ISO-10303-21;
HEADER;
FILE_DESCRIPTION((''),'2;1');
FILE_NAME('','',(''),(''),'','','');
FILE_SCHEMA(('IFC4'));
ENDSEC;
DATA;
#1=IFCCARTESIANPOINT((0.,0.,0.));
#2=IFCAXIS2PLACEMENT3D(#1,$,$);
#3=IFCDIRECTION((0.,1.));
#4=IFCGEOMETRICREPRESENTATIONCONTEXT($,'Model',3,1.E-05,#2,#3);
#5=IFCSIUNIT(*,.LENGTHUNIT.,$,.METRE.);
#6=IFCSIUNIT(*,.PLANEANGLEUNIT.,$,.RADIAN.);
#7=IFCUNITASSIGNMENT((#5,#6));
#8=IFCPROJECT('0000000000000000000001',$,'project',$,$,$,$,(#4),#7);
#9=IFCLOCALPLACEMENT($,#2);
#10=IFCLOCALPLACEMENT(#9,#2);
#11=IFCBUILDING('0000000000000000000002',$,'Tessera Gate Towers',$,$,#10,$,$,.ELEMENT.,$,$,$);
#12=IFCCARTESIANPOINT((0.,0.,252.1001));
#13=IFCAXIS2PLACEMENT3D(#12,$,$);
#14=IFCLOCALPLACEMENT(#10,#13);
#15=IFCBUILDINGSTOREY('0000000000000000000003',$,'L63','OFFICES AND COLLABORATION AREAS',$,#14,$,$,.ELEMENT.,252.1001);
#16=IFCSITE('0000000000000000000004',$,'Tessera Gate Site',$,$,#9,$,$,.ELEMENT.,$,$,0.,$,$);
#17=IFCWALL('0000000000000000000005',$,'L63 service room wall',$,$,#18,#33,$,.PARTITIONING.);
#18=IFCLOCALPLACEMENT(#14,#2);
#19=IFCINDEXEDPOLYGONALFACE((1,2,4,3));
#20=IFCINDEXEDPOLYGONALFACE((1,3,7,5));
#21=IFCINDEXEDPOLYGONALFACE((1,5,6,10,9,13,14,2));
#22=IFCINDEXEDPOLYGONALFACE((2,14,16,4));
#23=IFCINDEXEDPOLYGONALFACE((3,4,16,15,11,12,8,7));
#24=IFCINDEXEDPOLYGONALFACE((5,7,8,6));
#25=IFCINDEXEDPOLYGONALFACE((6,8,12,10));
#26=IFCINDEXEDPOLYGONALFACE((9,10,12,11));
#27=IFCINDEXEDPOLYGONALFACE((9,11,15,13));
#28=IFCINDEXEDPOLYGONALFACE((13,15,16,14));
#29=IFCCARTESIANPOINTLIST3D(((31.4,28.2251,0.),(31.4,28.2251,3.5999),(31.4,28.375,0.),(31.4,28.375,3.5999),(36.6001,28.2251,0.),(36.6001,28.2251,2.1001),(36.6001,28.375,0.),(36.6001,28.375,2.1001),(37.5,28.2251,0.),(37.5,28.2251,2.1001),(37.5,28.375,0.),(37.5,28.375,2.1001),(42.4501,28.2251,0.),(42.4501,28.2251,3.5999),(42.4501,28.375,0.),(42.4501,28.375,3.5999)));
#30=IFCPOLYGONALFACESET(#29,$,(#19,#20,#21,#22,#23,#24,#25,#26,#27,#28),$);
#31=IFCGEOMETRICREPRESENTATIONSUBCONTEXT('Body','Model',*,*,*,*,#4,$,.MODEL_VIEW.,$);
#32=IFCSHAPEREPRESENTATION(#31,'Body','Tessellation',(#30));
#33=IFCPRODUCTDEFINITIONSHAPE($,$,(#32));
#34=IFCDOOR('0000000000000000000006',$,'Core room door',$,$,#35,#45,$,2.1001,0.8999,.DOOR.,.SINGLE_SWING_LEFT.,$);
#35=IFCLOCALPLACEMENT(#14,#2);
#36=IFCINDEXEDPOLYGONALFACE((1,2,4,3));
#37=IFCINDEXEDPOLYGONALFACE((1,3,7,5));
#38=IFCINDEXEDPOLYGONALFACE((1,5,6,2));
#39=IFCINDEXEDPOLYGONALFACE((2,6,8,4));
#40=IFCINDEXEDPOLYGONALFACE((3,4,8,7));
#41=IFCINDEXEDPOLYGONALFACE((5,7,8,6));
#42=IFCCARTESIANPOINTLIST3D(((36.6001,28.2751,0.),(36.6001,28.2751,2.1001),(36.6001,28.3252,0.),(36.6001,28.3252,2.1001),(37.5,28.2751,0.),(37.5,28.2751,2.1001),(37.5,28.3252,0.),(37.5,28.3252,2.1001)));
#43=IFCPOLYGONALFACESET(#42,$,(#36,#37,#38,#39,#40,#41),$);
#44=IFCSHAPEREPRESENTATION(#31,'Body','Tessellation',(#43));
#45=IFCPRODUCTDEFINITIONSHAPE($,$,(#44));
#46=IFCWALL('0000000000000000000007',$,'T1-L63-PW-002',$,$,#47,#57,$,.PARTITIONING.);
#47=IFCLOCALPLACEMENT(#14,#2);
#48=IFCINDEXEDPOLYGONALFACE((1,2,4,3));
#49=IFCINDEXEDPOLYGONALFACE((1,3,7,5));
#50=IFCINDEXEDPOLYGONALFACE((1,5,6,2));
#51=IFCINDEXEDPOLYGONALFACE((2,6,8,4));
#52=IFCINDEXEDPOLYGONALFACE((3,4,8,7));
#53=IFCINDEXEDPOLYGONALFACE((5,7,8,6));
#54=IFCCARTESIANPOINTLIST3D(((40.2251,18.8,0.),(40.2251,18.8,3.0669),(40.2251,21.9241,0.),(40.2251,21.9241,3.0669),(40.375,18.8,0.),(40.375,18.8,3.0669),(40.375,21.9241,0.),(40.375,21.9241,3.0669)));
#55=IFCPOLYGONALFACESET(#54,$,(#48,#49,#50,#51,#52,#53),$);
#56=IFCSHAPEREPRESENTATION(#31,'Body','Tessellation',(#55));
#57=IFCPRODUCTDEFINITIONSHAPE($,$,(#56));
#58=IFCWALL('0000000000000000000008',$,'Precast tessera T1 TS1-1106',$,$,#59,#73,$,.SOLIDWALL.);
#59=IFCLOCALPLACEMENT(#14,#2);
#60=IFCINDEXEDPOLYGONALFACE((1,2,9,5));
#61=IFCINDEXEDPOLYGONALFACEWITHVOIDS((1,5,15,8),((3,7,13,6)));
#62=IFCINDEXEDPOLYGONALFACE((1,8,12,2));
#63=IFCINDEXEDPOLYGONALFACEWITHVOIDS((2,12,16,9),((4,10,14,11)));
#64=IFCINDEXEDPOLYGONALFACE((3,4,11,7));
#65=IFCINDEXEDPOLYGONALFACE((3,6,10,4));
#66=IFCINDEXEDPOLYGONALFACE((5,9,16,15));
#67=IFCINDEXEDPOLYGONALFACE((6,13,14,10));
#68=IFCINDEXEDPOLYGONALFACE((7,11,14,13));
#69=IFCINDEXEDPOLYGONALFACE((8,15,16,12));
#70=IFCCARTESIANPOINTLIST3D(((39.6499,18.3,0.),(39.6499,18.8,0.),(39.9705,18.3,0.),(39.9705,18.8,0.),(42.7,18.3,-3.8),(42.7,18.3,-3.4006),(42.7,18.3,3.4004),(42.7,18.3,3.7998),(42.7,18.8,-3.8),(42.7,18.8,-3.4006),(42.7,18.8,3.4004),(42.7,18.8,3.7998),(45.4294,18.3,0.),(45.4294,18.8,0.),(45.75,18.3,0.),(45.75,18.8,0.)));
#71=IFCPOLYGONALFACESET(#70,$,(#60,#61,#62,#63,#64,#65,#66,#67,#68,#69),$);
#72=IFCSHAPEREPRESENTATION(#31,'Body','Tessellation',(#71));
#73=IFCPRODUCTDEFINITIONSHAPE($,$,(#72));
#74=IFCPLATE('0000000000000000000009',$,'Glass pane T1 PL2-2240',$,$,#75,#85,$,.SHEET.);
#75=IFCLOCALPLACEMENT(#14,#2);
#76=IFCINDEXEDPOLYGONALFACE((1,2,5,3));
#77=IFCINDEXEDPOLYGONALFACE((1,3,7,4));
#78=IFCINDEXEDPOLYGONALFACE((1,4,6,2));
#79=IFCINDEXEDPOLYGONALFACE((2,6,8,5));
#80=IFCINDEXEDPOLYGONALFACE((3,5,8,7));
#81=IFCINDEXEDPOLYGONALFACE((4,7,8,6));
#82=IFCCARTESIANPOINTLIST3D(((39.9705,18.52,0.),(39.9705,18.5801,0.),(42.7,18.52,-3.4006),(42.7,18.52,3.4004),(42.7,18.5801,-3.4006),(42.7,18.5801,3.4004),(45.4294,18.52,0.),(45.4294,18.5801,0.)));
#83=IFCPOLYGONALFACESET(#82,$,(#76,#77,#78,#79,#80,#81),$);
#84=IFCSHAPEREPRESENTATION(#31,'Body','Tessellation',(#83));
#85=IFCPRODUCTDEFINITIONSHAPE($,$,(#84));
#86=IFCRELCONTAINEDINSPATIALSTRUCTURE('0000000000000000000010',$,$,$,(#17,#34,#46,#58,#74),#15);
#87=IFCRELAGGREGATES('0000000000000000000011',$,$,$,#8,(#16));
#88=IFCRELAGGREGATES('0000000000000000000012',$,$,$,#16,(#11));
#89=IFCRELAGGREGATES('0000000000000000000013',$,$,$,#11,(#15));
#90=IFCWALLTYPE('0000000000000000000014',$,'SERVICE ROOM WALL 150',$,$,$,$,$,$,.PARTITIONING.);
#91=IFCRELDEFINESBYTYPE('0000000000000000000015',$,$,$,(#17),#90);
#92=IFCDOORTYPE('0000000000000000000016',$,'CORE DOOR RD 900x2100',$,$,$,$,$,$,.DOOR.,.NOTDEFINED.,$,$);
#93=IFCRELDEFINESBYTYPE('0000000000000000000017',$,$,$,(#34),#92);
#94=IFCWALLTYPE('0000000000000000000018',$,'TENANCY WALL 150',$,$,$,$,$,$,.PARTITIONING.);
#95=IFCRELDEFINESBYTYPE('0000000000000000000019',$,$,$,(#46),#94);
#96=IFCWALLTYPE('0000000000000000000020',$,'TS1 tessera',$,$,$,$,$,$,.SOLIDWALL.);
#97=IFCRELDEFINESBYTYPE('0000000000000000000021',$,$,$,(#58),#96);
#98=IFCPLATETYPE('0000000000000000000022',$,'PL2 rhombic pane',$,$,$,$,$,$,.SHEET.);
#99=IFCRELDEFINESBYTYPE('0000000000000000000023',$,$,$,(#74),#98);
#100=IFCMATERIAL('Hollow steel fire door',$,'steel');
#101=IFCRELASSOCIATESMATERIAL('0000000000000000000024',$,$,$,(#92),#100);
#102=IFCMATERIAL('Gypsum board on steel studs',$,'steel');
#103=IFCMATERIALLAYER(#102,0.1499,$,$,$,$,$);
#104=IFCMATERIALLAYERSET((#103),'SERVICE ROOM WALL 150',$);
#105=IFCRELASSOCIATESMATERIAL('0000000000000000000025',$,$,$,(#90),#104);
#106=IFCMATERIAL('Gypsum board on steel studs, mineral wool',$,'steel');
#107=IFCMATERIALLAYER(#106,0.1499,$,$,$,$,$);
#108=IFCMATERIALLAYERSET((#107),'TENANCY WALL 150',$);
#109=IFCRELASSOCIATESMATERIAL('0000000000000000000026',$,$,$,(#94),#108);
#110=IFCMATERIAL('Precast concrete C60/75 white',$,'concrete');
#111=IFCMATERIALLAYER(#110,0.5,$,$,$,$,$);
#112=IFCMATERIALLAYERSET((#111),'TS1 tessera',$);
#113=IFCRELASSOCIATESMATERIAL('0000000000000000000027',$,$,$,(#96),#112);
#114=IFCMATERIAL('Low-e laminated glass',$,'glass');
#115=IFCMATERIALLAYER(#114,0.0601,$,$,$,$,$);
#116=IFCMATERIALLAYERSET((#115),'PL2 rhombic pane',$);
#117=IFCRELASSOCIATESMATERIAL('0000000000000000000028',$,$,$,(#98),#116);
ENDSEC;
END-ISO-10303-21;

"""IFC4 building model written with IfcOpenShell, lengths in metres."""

from ifc_helpers import new_model, si_unit, direction, frame, frame_2d, origin, place, context, subcontext, project, spatial, polyline, rectangle, outline, extrude, source, transform, mapped, material, layer, layer_set, type_object, element, fill, save


model = new_model("IFC4")

# Units and contexts
model_context = context("Model", 3, precision=1e-05, world=origin(), true_north=direction((0.0, 1.0)))
body_context = subcontext(model_context, "Body", "Model", "MODEL_VIEW")
ifc_project = project(units=[si_unit("LENGTHUNIT", "METRE"), si_unit("PLANEANGLEUNIT", "RADIAN")], contexts=[model_context])

# Site, building, storey
site_placement = place(None, origin())
site = spatial("IfcSite", under=ifc_project, at=site_placement, Name="Tessera Gate Site", CompositionType="ELEMENT", RefElevation=0.0)
building_placement = place(site_placement, origin())
building = spatial("IfcBuilding", under=site, at=building_placement, Name="Tessera Gate Towers", CompositionType="ELEMENT")
storey_placement = place(building_placement, frame((0.0, 0.0, 252.1001)))
storey = spatial("IfcBuildingStorey", under=building, at=storey_placement, Name="L63", Description="OFFICES AND COLLABORATION AREAS", CompositionType="ELEMENT", Elevation=252.1001)

# Shared definitions
ifc_material_1 = material(Name="Hollow steel fire door", Category="steel")
door_type_1 = type_object("IfcDoorType", Name="CORE DOOR RD 900x2100", OperationType="NOTDEFINED", PredefinedType="DOOR", material=ifc_material_1)
shared_shape_1 = source(origin(), body_context, "Body", "SweptSolid", [
    extrude(rectangle(XDim=0.8999, YDim=2.1001, at=frame_2d((0.45, 1.05))), frame((0.0, 0.0249, 0.0), z_axis=(0.0, -1.0, 0.0), x_axis=(1.0, 0.0, 0.0)), (0.0, 0.0, 1.0), 0.05),
])

# Wall, opening, door
ifc_material_2 = material(Name="Gypsum board on steel studs", Category="steel")
ifc_layer_1 = layer(ifc_material_2, 0.1499)
ifc_layer_set_1 = layer_set([ifc_layer_1], Name="SERVICE ROOM WALL 150")
wall_type_1 = type_object("IfcWallType", Name="SERVICE ROOM WALL 150", PredefinedType="PARTITIONING", material=ifc_layer_set_1)
wall_1_placement = place(storey_placement, frame((42.45, 28.3, 0.0), z_axis=(0.0, 0.0, 1.0), x_axis=(-1.0, 0.0, 0.0)))
wall_1 = element("IfcWall", 1, at=wall_1_placement, inside=storey, type_object=wall_type_1, Name="L63 service room wall", PredefinedType="PARTITIONING", context=body_context, shape_type="SweptSolid", body=[
    extrude(rectangle(XDim=11.05, YDim=0.1499, at=frame_2d((5.5249, 0.0))), origin(), (0.0, 0.0, 1.0), 3.5999),
])
shared_shape_2 = source(origin(), body_context, "Body", "SweptSolid", [
    extrude(rectangle(XDim=0.8999, YDim=2.1001, at=frame_2d((0.45, 1.05))), frame((0.0, 0.085, 0.0), z_axis=(0.0, -1.0, 0.0), x_axis=(1.0, 0.0, 0.0)), (0.0, 0.0, 1.0), 0.1699),
])
opening_1_placement = place(wall_1_placement, frame((4.95, 0.0, 0.0)))
opening_1 = element("IfcOpeningElement", 2, at=opening_1_placement, cuts=wall_1, PredefinedType="OPENING", context=body_context, shape_type="MappedRepresentation", body=[
    mapped(shared_shape_2, transform((0.0, 0.0, 0.0), scale=1.0)),
])
door_1_placement = place(opening_1_placement, origin())
door_1 = element("IfcDoor", 3, at=door_1_placement, inside=storey, type_object=door_type_1, Name="Core room door", OperationType="SINGLE_SWING_LEFT", OverallHeight=2.1001, OverallWidth=0.8999, PredefinedType="DOOR", context=body_context, shape_type="MappedRepresentation", body=[
    mapped(shared_shape_1, transform((0.0, 0.0, 0.0), scale=1.0)),
])
fill(opening_1, door_1)

# Wall
ifc_material_3 = material(Name="Gypsum board on steel studs, mineral wool", Category="steel")
ifc_layer_2 = layer(ifc_material_3, 0.1499)
ifc_layer_set_2 = layer_set([ifc_layer_2], Name="TENANCY WALL 150")
wall_type_2 = type_object("IfcWallType", Name="TENANCY WALL 150", PredefinedType="PARTITIONING", material=ifc_layer_set_2)
wall_2_placement = place(storey_placement, frame((40.3, 18.8, 0.0), z_axis=(0.0, 0.0, 1.0), x_axis=(0.0, 1.0, 0.0)))
element("IfcWall", 4, at=wall_2_placement, inside=storey, type_object=wall_type_2, Name="T1-L63-PW-002", PredefinedType="PARTITIONING", context=body_context, shape_type="SweptSolid", body=[
    extrude(rectangle(XDim=3.124, YDim=0.1499, at=frame_2d((1.562, 0.0))), origin(), (0.0, 0.0, 1.0), 3.0669),
])

# Wall, opening, plate
ifc_material_4 = material(Name="Precast concrete C60/75 white", Category="concrete")
ifc_layer_3 = layer(ifc_material_4, 0.5)
ifc_layer_set_3 = layer_set([ifc_layer_3], Name="TS1 tessera")
wall_type_3 = type_object("IfcWallType", Name="TS1 tessera", PredefinedType="SOLIDWALL", material=ifc_layer_set_3)
shared_shape_3 = source(origin(), body_context, "Body", "SweptSolid", [
    extrude(outline(polyline([(3.05, 0.0), (6.1001, 3.8), (3.05, 7.5999), (0.0, 3.8), (3.05, 0.0)])), frame((0.0, 0.25, 0.0), z_axis=(0.0, -1.0, 0.0), x_axis=(1.0, 0.0, 0.0)), (0.0, 0.0, 1.0), 0.5),
])
wall_3_placement = place(storey_placement, frame((39.6499, 18.55, -3.8), z_axis=(0.0, 0.0, 1.0), x_axis=(1.0, 0.0, 0.0)))
wall_3 = element("IfcWall", 5, at=wall_3_placement, inside=storey, type_object=wall_type_3, Name="Precast tessera T1 TS1-1106", PredefinedType="SOLIDWALL", context=body_context, shape_type="MappedRepresentation", body=[
    mapped(shared_shape_3, transform((0.0, 0.0, 0.0), scale=1.0)),
])
shared_shape_4 = source(origin(), body_context, "Body", "SweptSolid", [
    extrude(outline(polyline([(3.05, 0.3994), (5.7795, 3.8), (3.05, 7.2004), (0.3206, 3.8), (3.05, 0.3994)])), frame((0.0, 0.26, 0.0), z_axis=(0.0, -1.0, 0.0), x_axis=(1.0, 0.0, 0.0)), (0.0, 0.0, 1.0), 0.52),
])
opening_2_placement = place(wall_3_placement, origin())
opening_2 = element("IfcOpeningElement", 6, at=opening_2_placement, cuts=wall_3, PredefinedType="OPENING", context=body_context, shape_type="MappedRepresentation", body=[
    mapped(shared_shape_4, transform((0.0, 0.0, 0.0), scale=1.0)),
])
ifc_material_5 = material(Name="Low-e laminated glass", Category="glass")
ifc_layer_4 = layer(ifc_material_5, 0.0601)
ifc_layer_set_4 = layer_set([ifc_layer_4], Name="PL2 rhombic pane")
plate_type = type_object("IfcPlateType", Name="PL2 rhombic pane", PredefinedType="SHEET", material=ifc_layer_set_4)
shared_shape_5 = source(origin(), body_context, "Body", "SweptSolid", [
    extrude(outline(polyline([(3.05, 0.3994), (5.7795, 3.8), (3.05, 7.2004), (0.3206, 3.8), (3.05, 0.3994)])), frame((0.0, 0.03, 0.0), z_axis=(0.0, -1.0, 0.0), x_axis=(1.0, 0.0, 0.0)), (0.0, 0.0, 1.0), 0.0601),
])
plate_placement = place(opening_2_placement, origin())
plate = element("IfcPlate", 7, at=plate_placement, inside=storey, type_object=plate_type, Name="Glass pane T1 PL2-2240", PredefinedType="SHEET", context=body_context, shape_type="MappedRepresentation", body=[
    mapped(shared_shape_5, transform((0.0, 0.0, 0.0), scale=1.0)),
])
fill(opening_2, plate)

save(model, "model.ifc")
